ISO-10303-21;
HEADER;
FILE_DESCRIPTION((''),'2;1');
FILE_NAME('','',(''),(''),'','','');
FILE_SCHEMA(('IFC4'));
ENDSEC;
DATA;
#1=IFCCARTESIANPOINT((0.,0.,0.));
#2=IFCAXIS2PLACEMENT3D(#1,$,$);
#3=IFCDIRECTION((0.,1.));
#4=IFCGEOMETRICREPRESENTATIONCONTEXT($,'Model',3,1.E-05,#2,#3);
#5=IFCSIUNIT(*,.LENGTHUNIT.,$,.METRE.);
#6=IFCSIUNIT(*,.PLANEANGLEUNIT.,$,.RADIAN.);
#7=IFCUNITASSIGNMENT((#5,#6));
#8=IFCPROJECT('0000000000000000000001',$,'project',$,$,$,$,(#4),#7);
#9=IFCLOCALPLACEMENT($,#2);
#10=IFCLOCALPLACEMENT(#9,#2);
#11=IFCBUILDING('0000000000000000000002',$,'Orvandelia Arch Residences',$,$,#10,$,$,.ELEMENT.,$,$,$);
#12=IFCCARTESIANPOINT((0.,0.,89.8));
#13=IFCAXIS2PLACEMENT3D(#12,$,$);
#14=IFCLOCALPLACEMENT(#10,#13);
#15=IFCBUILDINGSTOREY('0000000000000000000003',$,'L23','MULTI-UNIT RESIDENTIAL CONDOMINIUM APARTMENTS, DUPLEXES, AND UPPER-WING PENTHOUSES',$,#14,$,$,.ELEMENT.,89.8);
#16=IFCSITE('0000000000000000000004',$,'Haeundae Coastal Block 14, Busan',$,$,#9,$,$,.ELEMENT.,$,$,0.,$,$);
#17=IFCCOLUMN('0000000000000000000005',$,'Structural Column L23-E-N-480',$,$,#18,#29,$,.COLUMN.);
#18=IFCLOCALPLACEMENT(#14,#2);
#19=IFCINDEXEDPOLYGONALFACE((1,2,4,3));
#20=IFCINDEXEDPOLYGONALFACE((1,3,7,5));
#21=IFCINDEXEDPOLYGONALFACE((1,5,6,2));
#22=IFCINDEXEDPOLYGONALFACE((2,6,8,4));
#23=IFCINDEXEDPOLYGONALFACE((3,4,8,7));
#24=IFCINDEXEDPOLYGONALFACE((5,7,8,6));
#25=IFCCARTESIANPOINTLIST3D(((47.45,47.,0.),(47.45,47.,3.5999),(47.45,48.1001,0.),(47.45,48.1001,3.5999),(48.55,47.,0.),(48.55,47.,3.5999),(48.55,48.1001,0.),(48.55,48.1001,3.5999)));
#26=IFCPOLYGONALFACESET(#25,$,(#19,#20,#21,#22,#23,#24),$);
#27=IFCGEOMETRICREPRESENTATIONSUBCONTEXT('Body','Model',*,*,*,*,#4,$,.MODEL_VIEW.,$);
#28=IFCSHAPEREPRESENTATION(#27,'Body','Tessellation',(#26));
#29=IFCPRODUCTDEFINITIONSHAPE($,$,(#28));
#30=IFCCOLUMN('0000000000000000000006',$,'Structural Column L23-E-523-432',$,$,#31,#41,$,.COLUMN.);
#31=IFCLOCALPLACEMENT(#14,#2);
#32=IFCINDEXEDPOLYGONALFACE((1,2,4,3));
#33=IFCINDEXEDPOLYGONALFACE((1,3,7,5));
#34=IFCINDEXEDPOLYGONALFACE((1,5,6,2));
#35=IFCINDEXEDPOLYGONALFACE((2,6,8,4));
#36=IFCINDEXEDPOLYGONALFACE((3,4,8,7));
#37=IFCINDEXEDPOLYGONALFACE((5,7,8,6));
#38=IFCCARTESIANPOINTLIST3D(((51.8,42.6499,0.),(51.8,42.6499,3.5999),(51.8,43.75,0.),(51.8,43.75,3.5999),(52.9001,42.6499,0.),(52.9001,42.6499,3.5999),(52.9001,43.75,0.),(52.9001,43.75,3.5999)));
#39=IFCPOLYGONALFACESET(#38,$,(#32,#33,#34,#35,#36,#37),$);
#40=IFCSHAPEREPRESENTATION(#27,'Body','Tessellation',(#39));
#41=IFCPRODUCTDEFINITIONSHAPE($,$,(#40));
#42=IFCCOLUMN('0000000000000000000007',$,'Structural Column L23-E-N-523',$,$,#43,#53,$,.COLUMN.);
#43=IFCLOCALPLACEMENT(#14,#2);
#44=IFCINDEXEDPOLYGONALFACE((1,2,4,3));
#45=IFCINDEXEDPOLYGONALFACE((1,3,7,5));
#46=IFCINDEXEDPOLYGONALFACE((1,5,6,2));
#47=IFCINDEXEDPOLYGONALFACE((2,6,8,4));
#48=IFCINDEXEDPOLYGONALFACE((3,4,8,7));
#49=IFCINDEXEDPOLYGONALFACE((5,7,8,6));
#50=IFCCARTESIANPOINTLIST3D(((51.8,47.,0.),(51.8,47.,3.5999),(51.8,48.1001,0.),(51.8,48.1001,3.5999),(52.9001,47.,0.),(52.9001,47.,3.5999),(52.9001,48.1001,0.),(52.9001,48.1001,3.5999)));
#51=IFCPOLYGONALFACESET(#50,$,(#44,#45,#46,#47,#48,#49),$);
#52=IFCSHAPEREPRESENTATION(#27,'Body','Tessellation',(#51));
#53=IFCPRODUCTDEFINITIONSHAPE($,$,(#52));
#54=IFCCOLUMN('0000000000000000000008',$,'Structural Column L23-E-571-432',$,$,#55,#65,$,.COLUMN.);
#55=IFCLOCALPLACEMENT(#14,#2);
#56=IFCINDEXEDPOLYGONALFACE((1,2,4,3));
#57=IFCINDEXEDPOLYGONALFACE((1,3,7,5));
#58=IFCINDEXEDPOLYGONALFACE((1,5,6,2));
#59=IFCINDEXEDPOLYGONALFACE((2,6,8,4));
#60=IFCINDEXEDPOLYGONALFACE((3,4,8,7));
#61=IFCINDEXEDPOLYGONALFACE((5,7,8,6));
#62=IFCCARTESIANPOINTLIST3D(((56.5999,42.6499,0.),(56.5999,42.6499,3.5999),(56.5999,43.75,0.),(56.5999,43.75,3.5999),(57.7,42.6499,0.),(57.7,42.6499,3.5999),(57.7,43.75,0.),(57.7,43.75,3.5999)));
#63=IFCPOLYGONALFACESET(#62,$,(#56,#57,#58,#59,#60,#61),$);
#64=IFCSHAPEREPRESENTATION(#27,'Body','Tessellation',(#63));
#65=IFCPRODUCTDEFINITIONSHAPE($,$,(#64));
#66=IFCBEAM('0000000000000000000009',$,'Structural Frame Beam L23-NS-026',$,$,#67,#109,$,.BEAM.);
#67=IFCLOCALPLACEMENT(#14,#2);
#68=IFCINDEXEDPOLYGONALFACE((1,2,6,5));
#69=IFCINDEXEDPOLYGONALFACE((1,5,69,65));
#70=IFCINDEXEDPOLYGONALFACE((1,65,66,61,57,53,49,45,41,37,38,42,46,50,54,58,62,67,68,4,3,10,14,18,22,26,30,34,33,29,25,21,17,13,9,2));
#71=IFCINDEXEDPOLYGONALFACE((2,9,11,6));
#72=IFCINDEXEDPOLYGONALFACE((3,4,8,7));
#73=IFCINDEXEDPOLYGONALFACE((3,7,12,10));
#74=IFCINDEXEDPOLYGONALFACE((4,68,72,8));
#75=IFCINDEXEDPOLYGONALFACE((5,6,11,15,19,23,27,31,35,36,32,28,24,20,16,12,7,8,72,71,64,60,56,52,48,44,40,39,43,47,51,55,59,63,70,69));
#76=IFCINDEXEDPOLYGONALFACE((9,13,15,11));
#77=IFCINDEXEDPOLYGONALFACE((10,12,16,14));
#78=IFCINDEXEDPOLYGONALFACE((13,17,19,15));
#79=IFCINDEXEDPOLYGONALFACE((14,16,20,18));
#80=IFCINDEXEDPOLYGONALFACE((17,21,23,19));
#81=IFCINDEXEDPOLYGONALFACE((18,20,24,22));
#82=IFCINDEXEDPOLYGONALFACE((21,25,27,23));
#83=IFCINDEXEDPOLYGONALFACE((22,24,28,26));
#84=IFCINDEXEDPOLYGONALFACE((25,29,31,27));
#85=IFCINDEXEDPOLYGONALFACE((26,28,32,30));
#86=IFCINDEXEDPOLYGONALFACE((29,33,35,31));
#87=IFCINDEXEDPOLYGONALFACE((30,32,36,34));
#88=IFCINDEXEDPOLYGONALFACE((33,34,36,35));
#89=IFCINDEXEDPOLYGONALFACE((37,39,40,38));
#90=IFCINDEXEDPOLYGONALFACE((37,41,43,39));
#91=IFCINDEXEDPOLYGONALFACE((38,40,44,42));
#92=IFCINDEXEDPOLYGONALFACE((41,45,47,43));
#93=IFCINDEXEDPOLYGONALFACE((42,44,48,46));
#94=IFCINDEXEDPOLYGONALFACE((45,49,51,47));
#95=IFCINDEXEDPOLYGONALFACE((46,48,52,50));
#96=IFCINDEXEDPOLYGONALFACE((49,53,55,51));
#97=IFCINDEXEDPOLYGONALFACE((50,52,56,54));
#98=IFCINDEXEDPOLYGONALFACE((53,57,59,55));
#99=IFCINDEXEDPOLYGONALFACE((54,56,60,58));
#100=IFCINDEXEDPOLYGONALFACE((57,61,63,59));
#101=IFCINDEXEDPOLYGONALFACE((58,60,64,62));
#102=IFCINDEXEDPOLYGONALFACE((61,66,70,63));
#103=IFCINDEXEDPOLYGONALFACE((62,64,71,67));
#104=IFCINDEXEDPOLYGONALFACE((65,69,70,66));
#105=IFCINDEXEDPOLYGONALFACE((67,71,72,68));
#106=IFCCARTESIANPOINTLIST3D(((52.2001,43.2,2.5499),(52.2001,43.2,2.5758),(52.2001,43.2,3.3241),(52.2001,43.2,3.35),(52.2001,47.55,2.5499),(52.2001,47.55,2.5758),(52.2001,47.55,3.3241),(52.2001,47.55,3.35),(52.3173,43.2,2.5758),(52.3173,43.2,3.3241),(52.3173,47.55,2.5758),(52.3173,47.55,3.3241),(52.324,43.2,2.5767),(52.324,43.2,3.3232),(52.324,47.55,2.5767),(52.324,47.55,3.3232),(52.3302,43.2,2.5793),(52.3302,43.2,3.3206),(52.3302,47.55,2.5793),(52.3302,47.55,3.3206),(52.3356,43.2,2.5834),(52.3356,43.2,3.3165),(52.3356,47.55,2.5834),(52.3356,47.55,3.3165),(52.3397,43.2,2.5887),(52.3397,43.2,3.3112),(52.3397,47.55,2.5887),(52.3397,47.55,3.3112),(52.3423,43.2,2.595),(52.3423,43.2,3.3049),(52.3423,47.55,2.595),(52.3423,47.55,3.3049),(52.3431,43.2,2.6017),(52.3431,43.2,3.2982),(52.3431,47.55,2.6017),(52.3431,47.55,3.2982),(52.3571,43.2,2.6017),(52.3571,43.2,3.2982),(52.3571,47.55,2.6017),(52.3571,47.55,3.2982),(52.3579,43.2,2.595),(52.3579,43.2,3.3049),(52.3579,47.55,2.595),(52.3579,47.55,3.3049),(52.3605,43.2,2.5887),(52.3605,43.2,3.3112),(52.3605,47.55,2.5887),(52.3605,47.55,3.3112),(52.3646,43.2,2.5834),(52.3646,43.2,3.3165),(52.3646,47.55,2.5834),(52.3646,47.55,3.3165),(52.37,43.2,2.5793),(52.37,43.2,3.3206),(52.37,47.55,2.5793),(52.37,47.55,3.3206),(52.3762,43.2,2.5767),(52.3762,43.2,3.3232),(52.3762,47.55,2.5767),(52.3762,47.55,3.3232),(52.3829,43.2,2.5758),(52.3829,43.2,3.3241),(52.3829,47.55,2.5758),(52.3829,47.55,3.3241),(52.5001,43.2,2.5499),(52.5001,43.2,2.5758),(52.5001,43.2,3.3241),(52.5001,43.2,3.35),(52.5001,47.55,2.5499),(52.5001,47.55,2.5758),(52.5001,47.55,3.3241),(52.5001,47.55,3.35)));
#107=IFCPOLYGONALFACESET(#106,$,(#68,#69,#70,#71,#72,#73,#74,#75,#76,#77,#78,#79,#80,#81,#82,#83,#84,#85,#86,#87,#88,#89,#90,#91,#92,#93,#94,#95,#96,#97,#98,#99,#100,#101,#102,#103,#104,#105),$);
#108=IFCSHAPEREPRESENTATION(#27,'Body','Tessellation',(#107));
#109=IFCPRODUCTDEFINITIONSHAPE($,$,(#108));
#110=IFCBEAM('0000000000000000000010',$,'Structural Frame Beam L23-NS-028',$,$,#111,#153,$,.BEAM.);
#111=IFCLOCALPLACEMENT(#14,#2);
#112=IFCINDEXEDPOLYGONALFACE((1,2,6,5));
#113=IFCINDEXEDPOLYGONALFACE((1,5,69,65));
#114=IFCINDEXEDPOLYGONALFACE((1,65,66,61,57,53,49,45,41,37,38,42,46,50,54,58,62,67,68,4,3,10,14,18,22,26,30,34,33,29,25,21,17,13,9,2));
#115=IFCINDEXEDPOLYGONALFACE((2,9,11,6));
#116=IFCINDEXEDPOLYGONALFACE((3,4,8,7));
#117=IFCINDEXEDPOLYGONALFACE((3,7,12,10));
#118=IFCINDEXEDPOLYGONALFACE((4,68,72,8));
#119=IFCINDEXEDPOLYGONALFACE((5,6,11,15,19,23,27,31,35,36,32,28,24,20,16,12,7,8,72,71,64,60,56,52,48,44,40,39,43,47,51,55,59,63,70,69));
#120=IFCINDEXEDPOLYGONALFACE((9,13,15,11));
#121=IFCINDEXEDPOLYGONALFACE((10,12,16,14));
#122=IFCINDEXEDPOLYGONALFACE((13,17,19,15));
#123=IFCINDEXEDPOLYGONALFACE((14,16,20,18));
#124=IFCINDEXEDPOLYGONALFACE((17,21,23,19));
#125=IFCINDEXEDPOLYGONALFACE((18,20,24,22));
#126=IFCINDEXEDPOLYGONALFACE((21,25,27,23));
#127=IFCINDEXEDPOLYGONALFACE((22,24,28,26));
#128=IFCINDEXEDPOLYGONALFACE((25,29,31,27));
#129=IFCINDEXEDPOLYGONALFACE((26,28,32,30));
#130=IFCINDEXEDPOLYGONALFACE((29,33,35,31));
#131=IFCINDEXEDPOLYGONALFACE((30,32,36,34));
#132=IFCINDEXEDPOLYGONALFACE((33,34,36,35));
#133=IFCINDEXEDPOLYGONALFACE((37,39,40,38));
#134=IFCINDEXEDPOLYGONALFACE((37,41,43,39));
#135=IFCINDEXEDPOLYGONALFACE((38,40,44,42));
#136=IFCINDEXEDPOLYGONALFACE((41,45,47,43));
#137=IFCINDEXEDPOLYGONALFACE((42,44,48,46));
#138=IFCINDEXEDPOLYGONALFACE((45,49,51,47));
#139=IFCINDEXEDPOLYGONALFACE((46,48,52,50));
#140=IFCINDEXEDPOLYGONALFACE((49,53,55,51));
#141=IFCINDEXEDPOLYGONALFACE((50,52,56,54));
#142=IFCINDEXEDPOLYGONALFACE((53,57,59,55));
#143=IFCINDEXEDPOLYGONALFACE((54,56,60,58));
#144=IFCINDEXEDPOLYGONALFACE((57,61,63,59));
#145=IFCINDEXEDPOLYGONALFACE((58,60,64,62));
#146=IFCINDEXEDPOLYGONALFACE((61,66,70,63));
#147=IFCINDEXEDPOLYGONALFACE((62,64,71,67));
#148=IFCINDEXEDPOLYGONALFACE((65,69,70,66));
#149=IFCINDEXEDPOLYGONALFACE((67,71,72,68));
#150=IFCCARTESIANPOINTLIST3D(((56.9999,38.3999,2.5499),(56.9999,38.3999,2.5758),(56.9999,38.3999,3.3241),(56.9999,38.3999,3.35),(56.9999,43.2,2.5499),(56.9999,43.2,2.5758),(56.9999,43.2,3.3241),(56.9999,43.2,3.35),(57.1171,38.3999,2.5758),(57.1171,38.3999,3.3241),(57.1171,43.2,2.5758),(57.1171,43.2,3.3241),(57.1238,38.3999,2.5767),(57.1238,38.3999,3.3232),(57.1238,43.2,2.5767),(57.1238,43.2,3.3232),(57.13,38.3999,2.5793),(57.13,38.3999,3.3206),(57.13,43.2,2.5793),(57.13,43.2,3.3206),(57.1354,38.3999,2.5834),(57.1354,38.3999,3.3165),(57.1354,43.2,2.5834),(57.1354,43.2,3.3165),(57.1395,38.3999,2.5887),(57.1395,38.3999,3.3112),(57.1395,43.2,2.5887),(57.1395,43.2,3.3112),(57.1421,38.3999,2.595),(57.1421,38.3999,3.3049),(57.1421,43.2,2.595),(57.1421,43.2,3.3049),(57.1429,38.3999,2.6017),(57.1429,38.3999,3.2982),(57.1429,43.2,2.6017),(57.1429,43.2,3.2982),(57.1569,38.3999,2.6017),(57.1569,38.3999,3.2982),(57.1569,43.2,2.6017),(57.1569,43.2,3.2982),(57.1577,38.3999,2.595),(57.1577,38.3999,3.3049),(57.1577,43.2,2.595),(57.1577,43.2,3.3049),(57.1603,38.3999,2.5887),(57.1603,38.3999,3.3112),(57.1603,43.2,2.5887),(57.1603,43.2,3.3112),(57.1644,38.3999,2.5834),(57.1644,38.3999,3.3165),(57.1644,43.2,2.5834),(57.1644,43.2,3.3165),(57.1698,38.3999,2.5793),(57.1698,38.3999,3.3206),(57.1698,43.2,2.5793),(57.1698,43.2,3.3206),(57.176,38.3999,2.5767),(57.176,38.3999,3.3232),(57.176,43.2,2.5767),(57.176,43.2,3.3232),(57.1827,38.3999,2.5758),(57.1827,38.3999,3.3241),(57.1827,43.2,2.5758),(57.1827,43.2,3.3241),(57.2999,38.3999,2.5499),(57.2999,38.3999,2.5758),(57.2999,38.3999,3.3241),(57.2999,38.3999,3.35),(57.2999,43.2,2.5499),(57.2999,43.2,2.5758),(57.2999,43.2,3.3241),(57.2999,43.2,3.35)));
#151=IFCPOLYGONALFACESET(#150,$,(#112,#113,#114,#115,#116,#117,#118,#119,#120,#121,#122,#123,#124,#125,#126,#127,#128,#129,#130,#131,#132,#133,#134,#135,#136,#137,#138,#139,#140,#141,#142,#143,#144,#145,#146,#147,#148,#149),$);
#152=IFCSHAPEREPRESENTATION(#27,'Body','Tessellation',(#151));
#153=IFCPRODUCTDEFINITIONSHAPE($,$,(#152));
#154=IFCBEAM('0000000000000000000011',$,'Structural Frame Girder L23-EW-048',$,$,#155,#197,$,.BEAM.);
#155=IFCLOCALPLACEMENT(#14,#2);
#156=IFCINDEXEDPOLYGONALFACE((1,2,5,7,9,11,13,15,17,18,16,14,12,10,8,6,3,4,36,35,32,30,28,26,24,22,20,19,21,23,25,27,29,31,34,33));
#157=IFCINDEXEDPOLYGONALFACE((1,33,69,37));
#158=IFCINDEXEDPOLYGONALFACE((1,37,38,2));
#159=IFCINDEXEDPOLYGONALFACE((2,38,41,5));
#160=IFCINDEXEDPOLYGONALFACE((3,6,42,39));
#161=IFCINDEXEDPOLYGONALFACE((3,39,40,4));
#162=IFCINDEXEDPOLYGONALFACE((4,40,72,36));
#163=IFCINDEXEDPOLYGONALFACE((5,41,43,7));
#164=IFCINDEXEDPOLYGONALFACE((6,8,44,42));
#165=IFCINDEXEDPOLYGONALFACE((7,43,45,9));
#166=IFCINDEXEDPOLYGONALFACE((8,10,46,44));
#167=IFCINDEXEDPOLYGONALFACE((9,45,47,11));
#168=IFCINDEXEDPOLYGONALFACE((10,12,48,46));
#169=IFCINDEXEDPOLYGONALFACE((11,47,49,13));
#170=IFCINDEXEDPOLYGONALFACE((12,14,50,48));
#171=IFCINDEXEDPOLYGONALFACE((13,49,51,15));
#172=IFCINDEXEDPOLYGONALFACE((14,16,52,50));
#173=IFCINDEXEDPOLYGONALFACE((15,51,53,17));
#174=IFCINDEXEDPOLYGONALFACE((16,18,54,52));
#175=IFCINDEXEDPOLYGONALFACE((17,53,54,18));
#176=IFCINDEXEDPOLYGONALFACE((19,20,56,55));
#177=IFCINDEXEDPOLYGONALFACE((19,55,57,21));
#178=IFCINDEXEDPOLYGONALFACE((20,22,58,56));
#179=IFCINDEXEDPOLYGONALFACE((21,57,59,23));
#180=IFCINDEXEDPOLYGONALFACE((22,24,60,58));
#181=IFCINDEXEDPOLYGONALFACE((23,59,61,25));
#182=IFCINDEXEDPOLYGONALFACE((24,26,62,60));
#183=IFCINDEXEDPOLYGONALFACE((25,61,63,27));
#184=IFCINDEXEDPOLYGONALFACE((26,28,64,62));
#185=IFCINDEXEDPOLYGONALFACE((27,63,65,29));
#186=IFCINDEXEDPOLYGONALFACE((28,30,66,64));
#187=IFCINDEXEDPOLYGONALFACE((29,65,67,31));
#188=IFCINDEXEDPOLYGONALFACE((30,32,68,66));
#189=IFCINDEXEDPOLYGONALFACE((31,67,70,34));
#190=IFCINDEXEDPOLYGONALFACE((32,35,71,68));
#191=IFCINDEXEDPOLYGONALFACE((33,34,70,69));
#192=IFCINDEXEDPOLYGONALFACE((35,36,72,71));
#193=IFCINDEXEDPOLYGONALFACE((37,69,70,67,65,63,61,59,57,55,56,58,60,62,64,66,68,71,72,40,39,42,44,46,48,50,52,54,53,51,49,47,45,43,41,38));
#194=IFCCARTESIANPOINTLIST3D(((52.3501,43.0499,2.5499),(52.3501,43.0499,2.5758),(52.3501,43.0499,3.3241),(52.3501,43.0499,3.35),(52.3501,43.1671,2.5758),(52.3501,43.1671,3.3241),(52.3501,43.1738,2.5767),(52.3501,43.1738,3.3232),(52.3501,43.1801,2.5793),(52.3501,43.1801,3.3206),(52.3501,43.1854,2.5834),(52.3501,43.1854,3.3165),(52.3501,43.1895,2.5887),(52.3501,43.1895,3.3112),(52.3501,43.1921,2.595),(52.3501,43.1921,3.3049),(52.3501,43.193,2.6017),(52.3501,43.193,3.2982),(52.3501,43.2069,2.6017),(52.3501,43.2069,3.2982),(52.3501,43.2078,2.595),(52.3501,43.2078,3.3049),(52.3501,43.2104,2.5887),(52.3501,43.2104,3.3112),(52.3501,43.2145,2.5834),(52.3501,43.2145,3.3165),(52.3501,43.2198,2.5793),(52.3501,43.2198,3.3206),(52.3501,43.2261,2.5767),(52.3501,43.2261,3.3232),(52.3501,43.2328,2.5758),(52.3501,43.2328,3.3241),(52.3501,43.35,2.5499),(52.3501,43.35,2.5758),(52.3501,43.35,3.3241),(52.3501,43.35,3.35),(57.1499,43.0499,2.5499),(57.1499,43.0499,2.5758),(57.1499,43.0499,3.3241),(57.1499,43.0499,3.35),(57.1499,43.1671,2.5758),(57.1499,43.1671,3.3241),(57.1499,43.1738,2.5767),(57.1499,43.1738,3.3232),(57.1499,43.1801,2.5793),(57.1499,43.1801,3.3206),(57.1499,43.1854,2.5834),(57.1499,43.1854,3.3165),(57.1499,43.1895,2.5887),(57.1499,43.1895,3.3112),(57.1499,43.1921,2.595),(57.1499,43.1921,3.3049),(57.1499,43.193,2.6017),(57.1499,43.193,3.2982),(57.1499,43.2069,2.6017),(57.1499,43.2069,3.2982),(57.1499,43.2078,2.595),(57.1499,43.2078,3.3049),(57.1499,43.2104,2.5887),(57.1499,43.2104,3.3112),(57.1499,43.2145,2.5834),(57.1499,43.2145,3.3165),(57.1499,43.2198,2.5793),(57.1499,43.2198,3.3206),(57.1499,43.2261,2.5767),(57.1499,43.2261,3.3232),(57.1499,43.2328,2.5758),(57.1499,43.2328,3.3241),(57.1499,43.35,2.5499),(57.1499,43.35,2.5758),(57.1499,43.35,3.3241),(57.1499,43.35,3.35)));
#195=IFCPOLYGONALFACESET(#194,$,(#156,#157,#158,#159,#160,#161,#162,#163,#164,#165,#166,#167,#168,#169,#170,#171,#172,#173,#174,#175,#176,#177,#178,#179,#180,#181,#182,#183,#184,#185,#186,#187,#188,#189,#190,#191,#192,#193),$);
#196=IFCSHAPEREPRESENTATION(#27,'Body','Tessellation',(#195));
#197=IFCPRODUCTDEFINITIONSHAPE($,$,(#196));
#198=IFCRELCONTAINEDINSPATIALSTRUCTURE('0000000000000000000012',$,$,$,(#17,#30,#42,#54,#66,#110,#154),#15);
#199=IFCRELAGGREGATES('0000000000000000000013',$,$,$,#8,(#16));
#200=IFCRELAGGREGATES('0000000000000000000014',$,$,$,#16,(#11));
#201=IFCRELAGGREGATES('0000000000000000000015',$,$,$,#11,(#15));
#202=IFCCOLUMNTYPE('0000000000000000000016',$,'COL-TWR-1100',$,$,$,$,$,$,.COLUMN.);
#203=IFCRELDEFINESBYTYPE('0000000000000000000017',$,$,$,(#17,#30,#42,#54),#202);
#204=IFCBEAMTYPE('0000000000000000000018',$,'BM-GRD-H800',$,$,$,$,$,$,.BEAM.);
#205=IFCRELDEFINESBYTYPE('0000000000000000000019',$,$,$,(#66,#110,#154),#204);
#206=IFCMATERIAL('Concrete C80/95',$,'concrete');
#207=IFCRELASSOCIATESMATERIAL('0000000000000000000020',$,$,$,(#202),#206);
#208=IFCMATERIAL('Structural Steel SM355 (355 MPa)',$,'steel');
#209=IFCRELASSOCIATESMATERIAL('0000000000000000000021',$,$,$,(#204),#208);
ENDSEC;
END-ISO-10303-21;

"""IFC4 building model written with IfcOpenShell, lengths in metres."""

from ifc_helpers import new_model, si_unit, direction, frame, origin, origin_2d, place, context, subcontext, project, spatial, rectangle, i_section, extrude, material, material_profile, profile_set, type_object, element, save


model = new_model("IFC4")

# Units and contexts
model_context = context("Model", 3, precision=1e-05, world=origin(), true_north=direction((0.0, 1.0)))
body_context = subcontext(model_context, "Body", "Model", "MODEL_VIEW")
ifc_project = project(units=[si_unit("LENGTHUNIT", "METRE"), si_unit("PLANEANGLEUNIT", "RADIAN")], contexts=[model_context])

# Site, building, storey
site_placement = place(None, origin())
site = spatial("IfcSite", under=ifc_project, at=site_placement, Name="Haeundae Coastal Block 14, Busan", CompositionType="ELEMENT", RefElevation=0.0)
building_placement = place(site_placement, origin())
building = spatial("IfcBuilding", under=site, at=building_placement, Name="Orvandelia Arch Residences", CompositionType="ELEMENT")
storey_placement = place(building_placement, frame((0.0, 0.0, 89.8)))
storey = spatial("IfcBuildingStorey", under=building, at=storey_placement, Name="L23", Description="MULTI-UNIT RESIDENTIAL CONDOMINIUM APARTMENTS, DUPLEXES, AND UPPER-WING PENTHOUSES", CompositionType="ELEMENT", Elevation=89.8)

# Columns
ifc_material_1 = material(Name="Concrete C80/95", Category="concrete")
ifc_material_profile_1 = material_profile(ifc_material_1, rectangle(XDim=1.1001, YDim=1.1001, at=origin_2d()), Name="Concrete C80/95", Category="concrete")
ifc_profile_set_1 = profile_set([ifc_material_profile_1], Name="Concrete C80/95")
column_type = type_object("IfcColumnType", Name="COL-TWR-1100", PredefinedType="COLUMN", material=ifc_profile_set_1)
for number, where, z_axis, x_axis, name in (
    (1, (48.0, 47.55, 0.0), (0.0, 0.0, 1.0), (1.0, 0.0, 0.0), "Structural Column L23-E-N-480"),
    (2, (52.3501, 43.2, 0.0), (0.0, 0.0, 1.0), (1.0, 0.0, 0.0), "Structural Column L23-E-523-432"),
    (3, (52.3501, 47.55, 0.0), (0.0, 0.0, 1.0), (1.0, 0.0, 0.0), "Structural Column L23-E-N-523"),
    (4, (57.1499, 43.2, 0.0), (0.0, 0.0, 1.0), (1.0, 0.0, 0.0), "Structural Column L23-E-571-432"),
):
    element("IfcColumn", number, at=place(storey_placement, frame(where, z_axis=z_axis, x_axis=x_axis)), inside=storey, type_object=column_type, Name=name, PredefinedType="COLUMN", context=body_context, shape_type="SweptSolid", body=[
        extrude(rectangle(XDim=1.1001, YDim=1.1001, at=origin_2d()), origin(), (0.0, 0.0, 1.0), 3.5999),
    ])

# Beams
ifc_material_2 = material(Name="Structural Steel SM355 (355 MPa)", Category="steel")
ifc_material_profile_2 = material_profile(ifc_material_2, i_section(OverallWidth=0.3, OverallDepth=0.8, WebThickness=0.0139, FlangeThickness=0.0259, FilletRadius=0.0259, at=origin_2d()), Name="Structural Steel SM355 (355 MPa)", Category="steel")
ifc_profile_set_2 = profile_set([ifc_material_profile_2], Name="Structural Steel SM355 (355 MPa)")
beam_type = type_object("IfcBeamType", Name="BM-GRD-H800", PredefinedType="BEAM", material=ifc_profile_set_2)
beam_1_placement = place(storey_placement, frame((52.3501, 43.2, 2.95), z_axis=(0.0, 1.0, 0.0), x_axis=(-1.0, 0.0, 0.0)))
element("IfcBeam", 5, at=beam_1_placement, inside=storey, type_object=beam_type, Name="Structural Frame Beam L23-NS-026", PredefinedType="BEAM", context=body_context, shape_type="SweptSolid", body=[
    extrude(i_section(OverallWidth=0.3, OverallDepth=0.8, WebThickness=0.0139, FlangeThickness=0.0259, FilletRadius=0.0259, at=origin_2d()), origin(), (0.0, 0.0, 1.0), 4.3501),
])
beam_2_placement = place(storey_placement, frame((57.1499, 38.3999, 2.95), z_axis=(0.0, 1.0, 0.0), x_axis=(-1.0, 0.0, 0.0)))
element("IfcBeam", 6, at=beam_2_placement, inside=storey, type_object=beam_type, Name="Structural Frame Beam L23-NS-028", PredefinedType="BEAM", context=body_context, shape_type="SweptSolid", body=[
    extrude(i_section(OverallWidth=0.3, OverallDepth=0.8, WebThickness=0.0139, FlangeThickness=0.0259, FilletRadius=0.0259, at=origin_2d()), origin(), (0.0, 0.0, 1.0), 4.8),
])
beam_3_placement = place(storey_placement, frame((52.3501, 43.2, 2.95), z_axis=(1.0, 0.0, 0.0), x_axis=(0.0, 1.0, 0.0)))
element("IfcBeam", 7, at=beam_3_placement, inside=storey, type_object=beam_type, Name="Structural Frame Girder L23-EW-048", PredefinedType="BEAM", context=body_context, shape_type="SweptSolid", body=[
    extrude(i_section(OverallWidth=0.3, OverallDepth=0.8, WebThickness=0.0139, FlangeThickness=0.0259, FilletRadius=0.0259, at=origin_2d()), origin(), (0.0, 0.0, 1.0), 4.7998),
])

save(model, "model.ifc")
